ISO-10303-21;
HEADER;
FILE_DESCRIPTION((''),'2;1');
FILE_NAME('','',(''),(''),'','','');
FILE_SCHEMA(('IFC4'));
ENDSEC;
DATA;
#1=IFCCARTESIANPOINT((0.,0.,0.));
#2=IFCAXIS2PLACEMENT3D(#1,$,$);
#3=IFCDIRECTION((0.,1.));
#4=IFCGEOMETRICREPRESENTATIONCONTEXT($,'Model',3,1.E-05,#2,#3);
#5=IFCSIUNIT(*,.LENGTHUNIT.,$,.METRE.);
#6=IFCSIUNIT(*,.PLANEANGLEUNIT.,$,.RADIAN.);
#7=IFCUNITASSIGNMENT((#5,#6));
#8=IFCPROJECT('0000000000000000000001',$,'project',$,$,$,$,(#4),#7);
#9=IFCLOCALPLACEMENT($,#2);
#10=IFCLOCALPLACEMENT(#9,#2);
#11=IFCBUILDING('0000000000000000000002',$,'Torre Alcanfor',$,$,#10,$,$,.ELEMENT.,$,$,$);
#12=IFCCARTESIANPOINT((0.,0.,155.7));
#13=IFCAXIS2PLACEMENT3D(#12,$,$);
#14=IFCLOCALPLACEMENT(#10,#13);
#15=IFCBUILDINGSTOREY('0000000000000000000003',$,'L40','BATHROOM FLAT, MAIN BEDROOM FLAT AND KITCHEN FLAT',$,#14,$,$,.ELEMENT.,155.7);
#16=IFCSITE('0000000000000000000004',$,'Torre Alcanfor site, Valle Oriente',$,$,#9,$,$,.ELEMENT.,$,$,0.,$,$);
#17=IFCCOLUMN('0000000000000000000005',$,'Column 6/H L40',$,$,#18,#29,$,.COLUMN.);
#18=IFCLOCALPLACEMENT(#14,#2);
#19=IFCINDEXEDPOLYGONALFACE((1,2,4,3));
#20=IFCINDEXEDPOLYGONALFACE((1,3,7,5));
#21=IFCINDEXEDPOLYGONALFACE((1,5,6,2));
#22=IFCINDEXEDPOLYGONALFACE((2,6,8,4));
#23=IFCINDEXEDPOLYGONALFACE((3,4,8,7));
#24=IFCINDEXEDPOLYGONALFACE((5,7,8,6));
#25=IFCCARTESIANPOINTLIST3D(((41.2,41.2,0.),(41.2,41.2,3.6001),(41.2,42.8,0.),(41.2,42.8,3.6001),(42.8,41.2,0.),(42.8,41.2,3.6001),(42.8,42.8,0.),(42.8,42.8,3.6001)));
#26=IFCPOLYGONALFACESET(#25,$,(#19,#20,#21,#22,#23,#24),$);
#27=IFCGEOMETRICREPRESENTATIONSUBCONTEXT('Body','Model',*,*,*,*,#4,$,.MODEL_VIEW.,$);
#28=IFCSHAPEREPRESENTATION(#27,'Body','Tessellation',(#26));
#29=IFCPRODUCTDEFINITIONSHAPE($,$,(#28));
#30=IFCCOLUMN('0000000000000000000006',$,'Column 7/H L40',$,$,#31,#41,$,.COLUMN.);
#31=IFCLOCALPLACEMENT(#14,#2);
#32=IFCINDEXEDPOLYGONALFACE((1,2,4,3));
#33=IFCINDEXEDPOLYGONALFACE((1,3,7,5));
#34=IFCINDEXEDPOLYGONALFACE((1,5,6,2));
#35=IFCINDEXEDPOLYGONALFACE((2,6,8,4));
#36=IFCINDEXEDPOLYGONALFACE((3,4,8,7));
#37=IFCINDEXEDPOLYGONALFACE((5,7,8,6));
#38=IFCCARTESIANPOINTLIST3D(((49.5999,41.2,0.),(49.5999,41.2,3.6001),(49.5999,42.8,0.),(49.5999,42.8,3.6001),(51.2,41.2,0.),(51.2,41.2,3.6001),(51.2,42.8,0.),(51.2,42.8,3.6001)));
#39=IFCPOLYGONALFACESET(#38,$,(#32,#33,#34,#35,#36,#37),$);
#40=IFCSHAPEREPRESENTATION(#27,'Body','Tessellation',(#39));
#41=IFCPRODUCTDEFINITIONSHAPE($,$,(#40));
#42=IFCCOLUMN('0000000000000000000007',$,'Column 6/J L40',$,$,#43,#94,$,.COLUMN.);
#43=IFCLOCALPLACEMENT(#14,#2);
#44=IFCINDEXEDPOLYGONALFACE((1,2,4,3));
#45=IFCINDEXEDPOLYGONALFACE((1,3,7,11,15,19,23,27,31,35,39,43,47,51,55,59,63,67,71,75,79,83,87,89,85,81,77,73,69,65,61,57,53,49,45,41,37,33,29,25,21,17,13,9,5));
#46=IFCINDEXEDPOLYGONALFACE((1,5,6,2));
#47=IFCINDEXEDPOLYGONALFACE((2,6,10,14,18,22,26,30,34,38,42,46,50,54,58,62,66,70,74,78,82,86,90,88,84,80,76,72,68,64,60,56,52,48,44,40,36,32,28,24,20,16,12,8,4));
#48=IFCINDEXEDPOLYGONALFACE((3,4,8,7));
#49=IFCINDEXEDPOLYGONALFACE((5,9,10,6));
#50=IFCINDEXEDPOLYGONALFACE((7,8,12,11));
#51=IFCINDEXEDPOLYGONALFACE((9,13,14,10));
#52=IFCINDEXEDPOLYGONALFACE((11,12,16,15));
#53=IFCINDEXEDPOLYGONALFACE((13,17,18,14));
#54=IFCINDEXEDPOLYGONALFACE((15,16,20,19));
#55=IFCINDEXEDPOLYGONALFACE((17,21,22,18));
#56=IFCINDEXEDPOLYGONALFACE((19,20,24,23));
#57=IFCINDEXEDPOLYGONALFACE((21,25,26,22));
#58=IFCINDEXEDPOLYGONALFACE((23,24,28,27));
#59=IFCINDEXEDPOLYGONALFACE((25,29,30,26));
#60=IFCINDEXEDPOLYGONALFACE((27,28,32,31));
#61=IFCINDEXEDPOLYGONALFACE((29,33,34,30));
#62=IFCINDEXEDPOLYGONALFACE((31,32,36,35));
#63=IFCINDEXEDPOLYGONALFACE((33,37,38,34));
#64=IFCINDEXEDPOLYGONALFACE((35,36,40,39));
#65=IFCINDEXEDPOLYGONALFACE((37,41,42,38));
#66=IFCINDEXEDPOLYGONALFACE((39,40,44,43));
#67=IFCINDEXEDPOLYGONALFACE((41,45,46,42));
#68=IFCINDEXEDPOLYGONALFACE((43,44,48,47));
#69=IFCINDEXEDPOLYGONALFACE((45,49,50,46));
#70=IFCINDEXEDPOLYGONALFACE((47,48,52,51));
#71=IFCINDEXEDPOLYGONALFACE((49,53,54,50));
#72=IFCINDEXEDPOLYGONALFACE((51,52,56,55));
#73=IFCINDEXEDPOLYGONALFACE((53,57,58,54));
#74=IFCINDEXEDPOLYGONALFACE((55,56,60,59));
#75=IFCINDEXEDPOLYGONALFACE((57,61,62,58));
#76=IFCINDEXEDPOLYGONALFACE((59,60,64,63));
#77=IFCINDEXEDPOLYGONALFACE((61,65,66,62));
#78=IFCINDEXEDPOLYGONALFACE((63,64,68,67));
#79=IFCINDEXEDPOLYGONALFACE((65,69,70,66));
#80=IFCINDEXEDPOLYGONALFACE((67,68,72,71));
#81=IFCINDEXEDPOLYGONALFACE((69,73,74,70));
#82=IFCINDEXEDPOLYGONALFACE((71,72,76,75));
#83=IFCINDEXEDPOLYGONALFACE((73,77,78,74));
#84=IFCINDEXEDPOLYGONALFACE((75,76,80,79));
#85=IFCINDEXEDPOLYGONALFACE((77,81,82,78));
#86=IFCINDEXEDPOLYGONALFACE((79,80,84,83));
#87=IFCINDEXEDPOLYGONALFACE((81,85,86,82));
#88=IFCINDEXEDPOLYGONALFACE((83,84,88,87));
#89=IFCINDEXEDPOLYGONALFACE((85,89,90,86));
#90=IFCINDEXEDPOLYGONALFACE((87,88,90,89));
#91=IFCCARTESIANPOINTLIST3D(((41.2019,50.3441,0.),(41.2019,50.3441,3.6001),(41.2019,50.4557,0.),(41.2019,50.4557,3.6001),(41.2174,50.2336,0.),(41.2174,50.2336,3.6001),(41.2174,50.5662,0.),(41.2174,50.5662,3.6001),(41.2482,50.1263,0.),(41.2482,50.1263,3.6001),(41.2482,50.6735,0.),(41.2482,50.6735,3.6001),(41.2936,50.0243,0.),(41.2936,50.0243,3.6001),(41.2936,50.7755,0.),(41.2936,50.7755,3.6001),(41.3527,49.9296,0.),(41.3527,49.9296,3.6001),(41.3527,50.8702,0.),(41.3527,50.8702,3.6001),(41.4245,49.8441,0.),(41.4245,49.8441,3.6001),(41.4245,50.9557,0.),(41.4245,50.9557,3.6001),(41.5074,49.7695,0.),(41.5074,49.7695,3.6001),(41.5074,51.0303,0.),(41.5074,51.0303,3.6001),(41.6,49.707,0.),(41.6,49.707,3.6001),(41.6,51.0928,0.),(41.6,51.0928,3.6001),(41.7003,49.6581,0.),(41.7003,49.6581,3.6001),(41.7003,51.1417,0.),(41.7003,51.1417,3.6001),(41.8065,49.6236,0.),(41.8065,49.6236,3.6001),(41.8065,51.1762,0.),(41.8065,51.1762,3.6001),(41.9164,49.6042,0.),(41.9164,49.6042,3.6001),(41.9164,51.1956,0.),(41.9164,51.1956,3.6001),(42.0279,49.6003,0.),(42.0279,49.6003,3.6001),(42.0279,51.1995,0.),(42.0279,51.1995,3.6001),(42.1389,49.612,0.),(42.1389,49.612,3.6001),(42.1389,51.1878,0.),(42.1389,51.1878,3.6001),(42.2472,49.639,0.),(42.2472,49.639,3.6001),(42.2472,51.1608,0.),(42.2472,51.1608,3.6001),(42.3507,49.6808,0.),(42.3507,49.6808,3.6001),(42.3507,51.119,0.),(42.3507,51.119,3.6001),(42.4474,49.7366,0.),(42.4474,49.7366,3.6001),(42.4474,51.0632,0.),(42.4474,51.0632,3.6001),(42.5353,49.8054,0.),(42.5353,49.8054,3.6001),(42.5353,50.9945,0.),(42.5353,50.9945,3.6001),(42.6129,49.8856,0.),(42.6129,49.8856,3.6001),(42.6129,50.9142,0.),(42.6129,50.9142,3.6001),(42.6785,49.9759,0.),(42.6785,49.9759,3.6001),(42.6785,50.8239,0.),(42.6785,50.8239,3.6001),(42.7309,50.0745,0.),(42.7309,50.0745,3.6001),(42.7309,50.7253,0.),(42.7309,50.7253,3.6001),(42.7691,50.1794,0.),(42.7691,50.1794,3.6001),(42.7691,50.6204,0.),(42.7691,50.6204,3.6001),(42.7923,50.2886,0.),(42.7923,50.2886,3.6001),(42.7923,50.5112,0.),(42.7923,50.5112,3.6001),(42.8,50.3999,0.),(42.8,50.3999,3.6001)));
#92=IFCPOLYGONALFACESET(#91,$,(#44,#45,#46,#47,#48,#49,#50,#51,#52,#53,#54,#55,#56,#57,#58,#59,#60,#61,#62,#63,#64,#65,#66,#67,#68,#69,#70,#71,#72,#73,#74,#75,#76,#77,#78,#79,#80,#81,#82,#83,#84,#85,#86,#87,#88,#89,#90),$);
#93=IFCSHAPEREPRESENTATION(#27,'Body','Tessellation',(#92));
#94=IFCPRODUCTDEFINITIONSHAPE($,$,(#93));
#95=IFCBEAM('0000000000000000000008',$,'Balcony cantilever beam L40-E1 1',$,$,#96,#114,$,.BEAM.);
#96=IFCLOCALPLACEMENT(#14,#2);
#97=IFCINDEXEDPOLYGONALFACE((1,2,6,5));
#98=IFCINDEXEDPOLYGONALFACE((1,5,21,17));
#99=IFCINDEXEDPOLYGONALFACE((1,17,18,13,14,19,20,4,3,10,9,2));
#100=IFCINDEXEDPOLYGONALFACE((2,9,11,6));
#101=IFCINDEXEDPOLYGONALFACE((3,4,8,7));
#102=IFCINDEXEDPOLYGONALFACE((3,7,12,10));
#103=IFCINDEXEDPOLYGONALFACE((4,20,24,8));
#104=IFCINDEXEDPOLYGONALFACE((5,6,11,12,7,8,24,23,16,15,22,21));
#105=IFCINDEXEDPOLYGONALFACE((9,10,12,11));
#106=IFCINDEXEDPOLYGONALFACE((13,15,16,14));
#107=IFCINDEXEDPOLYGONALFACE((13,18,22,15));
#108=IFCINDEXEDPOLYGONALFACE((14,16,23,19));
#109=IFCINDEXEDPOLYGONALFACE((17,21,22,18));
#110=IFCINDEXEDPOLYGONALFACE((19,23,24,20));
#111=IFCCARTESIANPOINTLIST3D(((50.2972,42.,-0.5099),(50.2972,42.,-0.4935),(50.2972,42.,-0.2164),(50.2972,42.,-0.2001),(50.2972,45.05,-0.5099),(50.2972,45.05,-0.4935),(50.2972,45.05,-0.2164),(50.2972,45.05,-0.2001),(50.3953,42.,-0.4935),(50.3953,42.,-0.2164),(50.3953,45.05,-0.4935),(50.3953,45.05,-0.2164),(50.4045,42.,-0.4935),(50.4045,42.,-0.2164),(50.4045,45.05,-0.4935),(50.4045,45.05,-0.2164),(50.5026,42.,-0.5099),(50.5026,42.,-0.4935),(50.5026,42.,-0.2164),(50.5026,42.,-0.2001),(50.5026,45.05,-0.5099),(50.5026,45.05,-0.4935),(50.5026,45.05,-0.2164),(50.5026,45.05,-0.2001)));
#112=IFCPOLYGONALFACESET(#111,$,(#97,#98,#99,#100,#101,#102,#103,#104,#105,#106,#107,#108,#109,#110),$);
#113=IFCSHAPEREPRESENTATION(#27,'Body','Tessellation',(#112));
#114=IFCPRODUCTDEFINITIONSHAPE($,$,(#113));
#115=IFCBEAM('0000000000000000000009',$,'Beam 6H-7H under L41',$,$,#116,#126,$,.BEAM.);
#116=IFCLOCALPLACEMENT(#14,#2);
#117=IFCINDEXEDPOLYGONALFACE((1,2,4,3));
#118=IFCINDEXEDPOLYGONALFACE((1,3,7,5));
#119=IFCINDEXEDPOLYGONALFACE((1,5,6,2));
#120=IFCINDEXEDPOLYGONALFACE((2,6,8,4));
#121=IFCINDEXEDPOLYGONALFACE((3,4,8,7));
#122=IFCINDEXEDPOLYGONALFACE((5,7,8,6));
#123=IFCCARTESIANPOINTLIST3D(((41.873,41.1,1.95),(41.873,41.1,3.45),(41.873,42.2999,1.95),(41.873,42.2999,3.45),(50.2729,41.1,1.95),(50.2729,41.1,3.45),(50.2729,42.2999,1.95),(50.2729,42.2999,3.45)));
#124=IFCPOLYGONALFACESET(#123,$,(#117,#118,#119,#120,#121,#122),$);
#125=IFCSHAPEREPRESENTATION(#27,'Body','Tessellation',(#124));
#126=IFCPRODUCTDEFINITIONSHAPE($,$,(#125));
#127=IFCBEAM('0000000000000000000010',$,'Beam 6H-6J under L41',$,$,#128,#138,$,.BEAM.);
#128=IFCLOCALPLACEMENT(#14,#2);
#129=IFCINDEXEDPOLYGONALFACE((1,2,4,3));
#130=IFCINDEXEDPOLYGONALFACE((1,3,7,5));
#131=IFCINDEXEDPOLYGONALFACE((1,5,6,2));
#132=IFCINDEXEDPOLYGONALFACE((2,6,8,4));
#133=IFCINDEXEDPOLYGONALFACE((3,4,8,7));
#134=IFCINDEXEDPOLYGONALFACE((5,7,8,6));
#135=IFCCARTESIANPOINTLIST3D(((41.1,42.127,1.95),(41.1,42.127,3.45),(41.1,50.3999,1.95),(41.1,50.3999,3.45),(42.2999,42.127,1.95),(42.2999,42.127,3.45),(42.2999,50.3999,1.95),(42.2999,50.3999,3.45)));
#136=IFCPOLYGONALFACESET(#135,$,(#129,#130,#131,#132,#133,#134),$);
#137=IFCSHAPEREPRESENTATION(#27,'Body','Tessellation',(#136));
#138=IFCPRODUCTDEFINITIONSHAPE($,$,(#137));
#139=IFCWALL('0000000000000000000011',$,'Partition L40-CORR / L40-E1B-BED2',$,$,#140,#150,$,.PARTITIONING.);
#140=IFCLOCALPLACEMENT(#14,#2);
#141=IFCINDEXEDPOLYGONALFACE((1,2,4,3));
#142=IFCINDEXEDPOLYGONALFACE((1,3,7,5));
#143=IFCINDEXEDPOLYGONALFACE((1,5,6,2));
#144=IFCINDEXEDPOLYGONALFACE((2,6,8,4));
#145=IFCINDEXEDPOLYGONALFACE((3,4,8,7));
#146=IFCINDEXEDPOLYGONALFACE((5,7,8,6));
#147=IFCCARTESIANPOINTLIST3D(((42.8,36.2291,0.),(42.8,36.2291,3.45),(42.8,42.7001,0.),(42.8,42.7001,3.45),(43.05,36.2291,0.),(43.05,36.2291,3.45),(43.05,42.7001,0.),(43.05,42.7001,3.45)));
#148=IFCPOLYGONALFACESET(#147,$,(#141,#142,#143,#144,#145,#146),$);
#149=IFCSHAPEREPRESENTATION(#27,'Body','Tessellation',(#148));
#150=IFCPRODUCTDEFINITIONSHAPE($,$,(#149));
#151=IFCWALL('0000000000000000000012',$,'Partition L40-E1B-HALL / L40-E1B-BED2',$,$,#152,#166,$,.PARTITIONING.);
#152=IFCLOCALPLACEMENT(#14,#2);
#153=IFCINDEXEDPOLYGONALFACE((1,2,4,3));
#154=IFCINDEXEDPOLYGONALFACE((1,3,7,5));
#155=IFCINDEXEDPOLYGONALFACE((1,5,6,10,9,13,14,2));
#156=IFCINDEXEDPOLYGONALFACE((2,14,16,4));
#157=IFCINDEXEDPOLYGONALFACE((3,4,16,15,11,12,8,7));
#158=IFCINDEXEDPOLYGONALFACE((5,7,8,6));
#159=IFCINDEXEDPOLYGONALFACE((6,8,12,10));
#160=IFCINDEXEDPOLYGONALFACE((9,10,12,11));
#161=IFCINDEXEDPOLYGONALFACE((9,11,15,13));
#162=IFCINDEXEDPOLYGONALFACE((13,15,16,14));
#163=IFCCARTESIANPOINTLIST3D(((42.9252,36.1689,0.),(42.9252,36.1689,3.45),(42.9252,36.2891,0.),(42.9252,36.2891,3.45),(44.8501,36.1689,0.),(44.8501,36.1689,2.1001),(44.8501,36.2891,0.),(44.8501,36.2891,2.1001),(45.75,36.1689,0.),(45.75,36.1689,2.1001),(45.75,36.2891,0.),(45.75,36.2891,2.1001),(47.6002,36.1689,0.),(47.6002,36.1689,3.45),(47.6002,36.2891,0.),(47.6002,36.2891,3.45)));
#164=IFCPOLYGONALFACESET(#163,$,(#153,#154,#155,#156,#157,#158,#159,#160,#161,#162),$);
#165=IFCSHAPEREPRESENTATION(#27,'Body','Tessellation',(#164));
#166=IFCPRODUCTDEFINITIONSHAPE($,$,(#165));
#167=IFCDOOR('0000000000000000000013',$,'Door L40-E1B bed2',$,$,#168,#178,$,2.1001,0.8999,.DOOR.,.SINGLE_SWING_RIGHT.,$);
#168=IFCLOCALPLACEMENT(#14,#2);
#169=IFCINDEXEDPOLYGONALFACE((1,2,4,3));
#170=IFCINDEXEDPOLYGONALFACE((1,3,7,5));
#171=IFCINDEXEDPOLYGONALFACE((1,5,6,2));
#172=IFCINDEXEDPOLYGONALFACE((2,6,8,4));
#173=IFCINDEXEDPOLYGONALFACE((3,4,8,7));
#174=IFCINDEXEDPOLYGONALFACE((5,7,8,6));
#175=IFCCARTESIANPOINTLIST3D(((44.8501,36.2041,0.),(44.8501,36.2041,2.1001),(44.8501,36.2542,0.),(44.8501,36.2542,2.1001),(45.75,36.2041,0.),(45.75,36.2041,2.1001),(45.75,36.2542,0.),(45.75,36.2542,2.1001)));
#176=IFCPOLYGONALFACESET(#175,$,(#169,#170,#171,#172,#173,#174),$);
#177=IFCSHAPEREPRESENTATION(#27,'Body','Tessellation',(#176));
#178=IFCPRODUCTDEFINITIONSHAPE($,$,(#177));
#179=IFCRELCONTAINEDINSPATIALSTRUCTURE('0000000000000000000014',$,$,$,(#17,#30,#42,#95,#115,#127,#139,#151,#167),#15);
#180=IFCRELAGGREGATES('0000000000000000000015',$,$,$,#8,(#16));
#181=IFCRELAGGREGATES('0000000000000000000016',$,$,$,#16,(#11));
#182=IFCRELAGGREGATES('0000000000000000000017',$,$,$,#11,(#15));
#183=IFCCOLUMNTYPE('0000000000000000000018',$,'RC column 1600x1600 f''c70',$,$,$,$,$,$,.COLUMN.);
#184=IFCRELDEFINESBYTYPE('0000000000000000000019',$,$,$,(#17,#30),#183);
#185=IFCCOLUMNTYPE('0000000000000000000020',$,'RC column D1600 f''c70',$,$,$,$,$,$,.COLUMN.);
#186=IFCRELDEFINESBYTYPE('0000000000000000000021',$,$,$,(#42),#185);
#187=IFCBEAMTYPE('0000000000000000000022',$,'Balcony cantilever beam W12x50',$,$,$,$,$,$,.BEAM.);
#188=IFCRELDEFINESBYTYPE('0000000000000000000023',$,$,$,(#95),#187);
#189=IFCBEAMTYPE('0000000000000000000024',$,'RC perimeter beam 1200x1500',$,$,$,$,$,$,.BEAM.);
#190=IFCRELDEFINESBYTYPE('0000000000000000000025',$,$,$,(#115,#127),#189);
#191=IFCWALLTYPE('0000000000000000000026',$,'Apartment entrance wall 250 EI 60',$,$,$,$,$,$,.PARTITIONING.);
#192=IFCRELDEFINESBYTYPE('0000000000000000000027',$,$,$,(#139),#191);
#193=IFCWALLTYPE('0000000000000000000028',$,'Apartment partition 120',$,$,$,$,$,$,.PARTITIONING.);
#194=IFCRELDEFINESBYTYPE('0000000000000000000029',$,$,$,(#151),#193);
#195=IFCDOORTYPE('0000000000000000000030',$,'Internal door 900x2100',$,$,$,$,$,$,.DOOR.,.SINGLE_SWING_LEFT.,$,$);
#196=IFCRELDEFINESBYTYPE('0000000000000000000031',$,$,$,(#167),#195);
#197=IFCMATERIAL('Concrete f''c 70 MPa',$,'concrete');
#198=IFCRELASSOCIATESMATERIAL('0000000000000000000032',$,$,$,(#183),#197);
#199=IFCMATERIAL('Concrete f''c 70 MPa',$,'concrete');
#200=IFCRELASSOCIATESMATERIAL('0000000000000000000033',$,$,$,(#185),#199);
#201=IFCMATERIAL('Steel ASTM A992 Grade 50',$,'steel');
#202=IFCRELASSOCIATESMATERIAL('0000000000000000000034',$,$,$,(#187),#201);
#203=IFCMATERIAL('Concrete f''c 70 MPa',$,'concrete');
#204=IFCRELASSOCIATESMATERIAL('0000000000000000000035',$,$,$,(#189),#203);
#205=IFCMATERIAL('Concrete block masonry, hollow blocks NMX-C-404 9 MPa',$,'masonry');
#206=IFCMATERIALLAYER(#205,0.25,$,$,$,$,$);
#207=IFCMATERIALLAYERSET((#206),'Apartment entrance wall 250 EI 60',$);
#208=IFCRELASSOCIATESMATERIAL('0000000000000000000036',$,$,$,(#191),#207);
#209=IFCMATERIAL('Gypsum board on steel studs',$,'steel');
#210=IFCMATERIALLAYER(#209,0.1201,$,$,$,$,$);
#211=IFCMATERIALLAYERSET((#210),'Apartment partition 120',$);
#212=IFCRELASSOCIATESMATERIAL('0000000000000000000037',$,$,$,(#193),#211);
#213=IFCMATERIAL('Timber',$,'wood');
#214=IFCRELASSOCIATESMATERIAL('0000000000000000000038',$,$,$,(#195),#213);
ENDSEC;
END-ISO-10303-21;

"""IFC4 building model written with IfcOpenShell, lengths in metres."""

from ifc_helpers import new_model, si_unit, direction, frame, frame_2d, origin, origin_2d, place, context, subcontext, project, spatial, rectangle, circle, i_section, extrude, material, layer, layer_set, material_profile, profile_set, type_object, element, fill, save


model = new_model("IFC4")

# Units and contexts
model_context = context("Model", 3, precision=1e-05, world=origin(), true_north=direction((0.0, 1.0)))
body_context = subcontext(model_context, "Body", "Model", "MODEL_VIEW")
ifc_project = project(units=[si_unit("LENGTHUNIT", "METRE"), si_unit("PLANEANGLEUNIT", "RADIAN")], contexts=[model_context])

# Site, building, storey
site_placement = place(None, origin())
site = spatial("IfcSite", under=ifc_project, at=site_placement, Name="Torre Alcanfor site, Valle Oriente", CompositionType="ELEMENT", RefElevation=0.0)
building_placement = place(site_placement, origin())
building = spatial("IfcBuilding", under=site, at=building_placement, Name="Torre Alcanfor", CompositionType="ELEMENT")
storey_placement = place(building_placement, frame((0.0, 0.0, 155.7)))
storey = spatial("IfcBuildingStorey", under=building, at=storey_placement, Name="L40", Description="BATHROOM FLAT, MAIN BEDROOM FLAT AND KITCHEN FLAT", CompositionType="ELEMENT", Elevation=155.7)

# Columns
ifc_material_1 = material(Name="Concrete f'c 70 MPa", Category="concrete")
ifc_material_profile_1 = material_profile(ifc_material_1, rectangle(XDim=1.6001, YDim=1.6001, at=origin_2d()), Name="1600x1600")
ifc_profile_set_1 = profile_set([ifc_material_profile_1], Name="Concrete f'c 70 MPa")
column_type_1 = type_object("IfcColumnType", Name="RC column 1600x1600 f'c70", PredefinedType="COLUMN", material=ifc_profile_set_1)
for number, where, z_axis, x_axis, name in (
    (1, (42.0, 42.0, 0.0), (0.0, 0.0, 1.0), (1.0, 0.0, 0.0), "Column 6/H L40"),
    (2, (50.3999, 42.0, 0.0), (0.0, 0.0, 1.0), (1.0, 0.0, 0.0), "Column 7/H L40"),
):
    element("IfcColumn", number, at=place(storey_placement, frame(where, z_axis=z_axis, x_axis=x_axis)), inside=storey, type_object=column_type_1, Name=name, PredefinedType="COLUMN", context=body_context, shape_type="SweptSolid", body=[
        extrude(rectangle(XDim=1.6001, YDim=1.6001, at=origin_2d()), origin(), (0.0, 0.0, 1.0), 3.6001),
    ])
ifc_material_2 = material(Name="Concrete f'c 70 MPa", Category="concrete")
ifc_material_profile_2 = material_profile(ifc_material_2, circle(Radius=0.8, at=origin_2d()), Name="D1600")
ifc_profile_set_2 = profile_set([ifc_material_profile_2], Name="Concrete f'c 70 MPa")
column_type_2 = type_object("IfcColumnType", Name="RC column D1600 f'c70", PredefinedType="COLUMN", material=ifc_profile_set_2)
column_placement = place(storey_placement, frame((42.0, 50.3999, 0.0), z_axis=(0.0, 0.0, 1.0), x_axis=(1.0, 0.0, 0.0)))
element("IfcColumn", 3, at=column_placement, inside=storey, type_object=column_type_2, Name="Column 6/J L40", PredefinedType="COLUMN", context=body_context, shape_type="SweptSolid", body=[
    extrude(circle(Radius=0.8, at=origin_2d()), origin(), (0.0, 0.0, 1.0), 3.6001),
])

# Beams
ifc_material_3 = material(Name="Steel ASTM A992 Grade 50", Category="steel")
ifc_material_profile_3 = material_profile(ifc_material_3, i_section(OverallWidth=0.2053, OverallDepth=0.3098, WebThickness=0.0093, FlangeThickness=0.0164, at=origin_2d()), Name="W12x50")
ifc_profile_set_3 = profile_set([ifc_material_profile_3], Name="Steel ASTM A992 Grade 50")
beam_type_1 = type_object("IfcBeamType", Name="Balcony cantilever beam W12x50", PredefinedType="BEAM", material=ifc_profile_set_3)
beam_1_placement = place(storey_placement, frame((50.3999, 42.0, -0.355), z_axis=(0.0, 1.0, 0.0), x_axis=(-1.0, 0.0, 0.0)))
element("IfcBeam", 4, at=beam_1_placement, inside=storey, type_object=beam_type_1, Name="Balcony cantilever beam L40-E1 1", PredefinedType="BEAM", context=body_context, shape_type="SweptSolid", body=[
    extrude(i_section(OverallWidth=0.2053, OverallDepth=0.3098, WebThickness=0.0093, FlangeThickness=0.0164, at=origin_2d()), origin(), (0.0, 0.0, 1.0), 3.05),
])
ifc_material_4 = material(Name="Concrete f'c 70 MPa", Category="concrete")
ifc_material_profile_4 = material_profile(ifc_material_4, rectangle(XDim=1.2, YDim=1.5, at=origin_2d()), Name="1200x1500")
ifc_profile_set_4 = profile_set([ifc_material_profile_4], Name="Concrete f'c 70 MPa")
beam_type_2 = type_object("IfcBeamType", Name="RC perimeter beam 1200x1500", PredefinedType="BEAM", material=ifc_profile_set_4)
beam_2_placement = place(storey_placement, frame((41.873, 41.7, 2.7), z_axis=(1.0, 0.0, 0.0), x_axis=(0.0, 1.0, 0.0)))
element("IfcBeam", 5, at=beam_2_placement, inside=storey, type_object=beam_type_2, Name="Beam 6H-7H under L41", PredefinedType="BEAM", context=body_context, shape_type="SweptSolid", body=[
    extrude(rectangle(XDim=1.2, YDim=1.5, at=origin_2d()), origin(), (0.0, 0.0, 1.0), 8.3999),
])
beam_3_placement = place(storey_placement, frame((41.7, 42.127, 2.7), z_axis=(0.0, 1.0, 0.0), x_axis=(-1.0, 0.0, 0.0)))
element("IfcBeam", 6, at=beam_3_placement, inside=storey, type_object=beam_type_2, Name="Beam 6H-6J under L41", PredefinedType="BEAM", context=body_context, shape_type="SweptSolid", body=[
    extrude(rectangle(XDim=1.2, YDim=1.5, at=origin_2d()), origin(), (0.0, 0.0, 1.0), 8.2729),
])

# Wall
ifc_material_5 = material(Name="Concrete block masonry, hollow blocks NMX-C-404 9 MPa", Category="masonry")
ifc_layer_1 = layer(ifc_material_5, 0.25)
ifc_layer_set_1 = layer_set([ifc_layer_1], Name="Apartment entrance wall 250 EI 60")
wall_type_1 = type_object("IfcWallType", Name="Apartment entrance wall 250 EI 60", PredefinedType="PARTITIONING", material=ifc_layer_set_1)
wall_1_placement = place(storey_placement, frame((42.925, 42.7, 0.0), z_axis=(0.0, 0.0, 1.0), x_axis=(0.0, -1.0, 0.0)))
element("IfcWall", 7, at=wall_1_placement, inside=storey, type_object=wall_type_1, Name="Partition L40-CORR / L40-E1B-BED2", PredefinedType="PARTITIONING", context=body_context, shape_type="SweptSolid", body=[
    extrude(rectangle(XDim=6.4709, YDim=0.25, at=frame_2d((3.2354, 0.0))), origin(), (0.0, 0.0, 1.0), 3.45),
])

# Wall, opening, door
ifc_material_6 = material(Name="Gypsum board on steel studs", Category="steel")
ifc_layer_2 = layer(ifc_material_6, 0.1201)
ifc_layer_set_2 = layer_set([ifc_layer_2], Name="Apartment partition 120")
wall_type_2 = type_object("IfcWallType", Name="Apartment partition 120", PredefinedType="PARTITIONING", material=ifc_layer_set_2)
wall_2_placement = place(storey_placement, frame((47.6001, 36.229, 0.0), z_axis=(0.0, 0.0, 1.0), x_axis=(-1.0, 0.0, 0.0)))
wall_2 = element("IfcWall", 8, at=wall_2_placement, inside=storey, type_object=wall_type_2, Name="Partition L40-E1B-HALL / L40-E1B-BED2", PredefinedType="PARTITIONING", context=body_context, shape_type="SweptSolid", body=[
    extrude(rectangle(XDim=4.675, YDim=0.1201, at=frame_2d((2.3374, 0.0))), origin(), (0.0, 0.0, 1.0), 3.45),
])
opening_1_placement = place(wall_2_placement, frame((1.8501, 0.0, 0.0)))
opening_1 = element("IfcOpeningElement", 9, at=opening_1_placement, cuts=wall_2, PredefinedType="OPENING", context=body_context, shape_type="SweptSolid", body=[
    extrude(rectangle(XDim=0.8999, YDim=2.1001, at=frame_2d((0.45, 1.05))), frame((0.0, 0.0701, 0.0), z_axis=(0.0, -1.0, 0.0), x_axis=(1.0, 0.0, 0.0)), (0.0, 0.0, 1.0), 0.1401),
])
ifc_material_7 = material(Name="Timber", Category="wood")
door_type_1 = type_object("IfcDoorType", Name="Internal door 900x2100", OperationType="SINGLE_SWING_LEFT", PredefinedType="DOOR", material=ifc_material_7)
door_1_placement = place(opening_1_placement, frame((0.8999, 0.0, 0.0), z_axis=(0.0, 0.0, 1.0), x_axis=(-1.0, 0.0, 0.0)))
door_1 = element("IfcDoor", 10, at=door_1_placement, inside=storey, type_object=door_type_1, Name="Door L40-E1B bed2", OperationType="SINGLE_SWING_RIGHT", OverallHeight=2.1001, OverallWidth=0.8999, PredefinedType="DOOR", context=body_context, shape_type="SweptSolid", body=[
    extrude(rectangle(XDim=0.8999, YDim=2.1001, at=frame_2d((0.45, 1.05))), frame((0.0, 0.0251, 0.0), z_axis=(0.0, -1.0, 0.0), x_axis=(1.0, 0.0, 0.0)), (0.0, 0.0, 1.0), 0.05),
])
fill(opening_1, door_1)

save(model, "model.ifc")
